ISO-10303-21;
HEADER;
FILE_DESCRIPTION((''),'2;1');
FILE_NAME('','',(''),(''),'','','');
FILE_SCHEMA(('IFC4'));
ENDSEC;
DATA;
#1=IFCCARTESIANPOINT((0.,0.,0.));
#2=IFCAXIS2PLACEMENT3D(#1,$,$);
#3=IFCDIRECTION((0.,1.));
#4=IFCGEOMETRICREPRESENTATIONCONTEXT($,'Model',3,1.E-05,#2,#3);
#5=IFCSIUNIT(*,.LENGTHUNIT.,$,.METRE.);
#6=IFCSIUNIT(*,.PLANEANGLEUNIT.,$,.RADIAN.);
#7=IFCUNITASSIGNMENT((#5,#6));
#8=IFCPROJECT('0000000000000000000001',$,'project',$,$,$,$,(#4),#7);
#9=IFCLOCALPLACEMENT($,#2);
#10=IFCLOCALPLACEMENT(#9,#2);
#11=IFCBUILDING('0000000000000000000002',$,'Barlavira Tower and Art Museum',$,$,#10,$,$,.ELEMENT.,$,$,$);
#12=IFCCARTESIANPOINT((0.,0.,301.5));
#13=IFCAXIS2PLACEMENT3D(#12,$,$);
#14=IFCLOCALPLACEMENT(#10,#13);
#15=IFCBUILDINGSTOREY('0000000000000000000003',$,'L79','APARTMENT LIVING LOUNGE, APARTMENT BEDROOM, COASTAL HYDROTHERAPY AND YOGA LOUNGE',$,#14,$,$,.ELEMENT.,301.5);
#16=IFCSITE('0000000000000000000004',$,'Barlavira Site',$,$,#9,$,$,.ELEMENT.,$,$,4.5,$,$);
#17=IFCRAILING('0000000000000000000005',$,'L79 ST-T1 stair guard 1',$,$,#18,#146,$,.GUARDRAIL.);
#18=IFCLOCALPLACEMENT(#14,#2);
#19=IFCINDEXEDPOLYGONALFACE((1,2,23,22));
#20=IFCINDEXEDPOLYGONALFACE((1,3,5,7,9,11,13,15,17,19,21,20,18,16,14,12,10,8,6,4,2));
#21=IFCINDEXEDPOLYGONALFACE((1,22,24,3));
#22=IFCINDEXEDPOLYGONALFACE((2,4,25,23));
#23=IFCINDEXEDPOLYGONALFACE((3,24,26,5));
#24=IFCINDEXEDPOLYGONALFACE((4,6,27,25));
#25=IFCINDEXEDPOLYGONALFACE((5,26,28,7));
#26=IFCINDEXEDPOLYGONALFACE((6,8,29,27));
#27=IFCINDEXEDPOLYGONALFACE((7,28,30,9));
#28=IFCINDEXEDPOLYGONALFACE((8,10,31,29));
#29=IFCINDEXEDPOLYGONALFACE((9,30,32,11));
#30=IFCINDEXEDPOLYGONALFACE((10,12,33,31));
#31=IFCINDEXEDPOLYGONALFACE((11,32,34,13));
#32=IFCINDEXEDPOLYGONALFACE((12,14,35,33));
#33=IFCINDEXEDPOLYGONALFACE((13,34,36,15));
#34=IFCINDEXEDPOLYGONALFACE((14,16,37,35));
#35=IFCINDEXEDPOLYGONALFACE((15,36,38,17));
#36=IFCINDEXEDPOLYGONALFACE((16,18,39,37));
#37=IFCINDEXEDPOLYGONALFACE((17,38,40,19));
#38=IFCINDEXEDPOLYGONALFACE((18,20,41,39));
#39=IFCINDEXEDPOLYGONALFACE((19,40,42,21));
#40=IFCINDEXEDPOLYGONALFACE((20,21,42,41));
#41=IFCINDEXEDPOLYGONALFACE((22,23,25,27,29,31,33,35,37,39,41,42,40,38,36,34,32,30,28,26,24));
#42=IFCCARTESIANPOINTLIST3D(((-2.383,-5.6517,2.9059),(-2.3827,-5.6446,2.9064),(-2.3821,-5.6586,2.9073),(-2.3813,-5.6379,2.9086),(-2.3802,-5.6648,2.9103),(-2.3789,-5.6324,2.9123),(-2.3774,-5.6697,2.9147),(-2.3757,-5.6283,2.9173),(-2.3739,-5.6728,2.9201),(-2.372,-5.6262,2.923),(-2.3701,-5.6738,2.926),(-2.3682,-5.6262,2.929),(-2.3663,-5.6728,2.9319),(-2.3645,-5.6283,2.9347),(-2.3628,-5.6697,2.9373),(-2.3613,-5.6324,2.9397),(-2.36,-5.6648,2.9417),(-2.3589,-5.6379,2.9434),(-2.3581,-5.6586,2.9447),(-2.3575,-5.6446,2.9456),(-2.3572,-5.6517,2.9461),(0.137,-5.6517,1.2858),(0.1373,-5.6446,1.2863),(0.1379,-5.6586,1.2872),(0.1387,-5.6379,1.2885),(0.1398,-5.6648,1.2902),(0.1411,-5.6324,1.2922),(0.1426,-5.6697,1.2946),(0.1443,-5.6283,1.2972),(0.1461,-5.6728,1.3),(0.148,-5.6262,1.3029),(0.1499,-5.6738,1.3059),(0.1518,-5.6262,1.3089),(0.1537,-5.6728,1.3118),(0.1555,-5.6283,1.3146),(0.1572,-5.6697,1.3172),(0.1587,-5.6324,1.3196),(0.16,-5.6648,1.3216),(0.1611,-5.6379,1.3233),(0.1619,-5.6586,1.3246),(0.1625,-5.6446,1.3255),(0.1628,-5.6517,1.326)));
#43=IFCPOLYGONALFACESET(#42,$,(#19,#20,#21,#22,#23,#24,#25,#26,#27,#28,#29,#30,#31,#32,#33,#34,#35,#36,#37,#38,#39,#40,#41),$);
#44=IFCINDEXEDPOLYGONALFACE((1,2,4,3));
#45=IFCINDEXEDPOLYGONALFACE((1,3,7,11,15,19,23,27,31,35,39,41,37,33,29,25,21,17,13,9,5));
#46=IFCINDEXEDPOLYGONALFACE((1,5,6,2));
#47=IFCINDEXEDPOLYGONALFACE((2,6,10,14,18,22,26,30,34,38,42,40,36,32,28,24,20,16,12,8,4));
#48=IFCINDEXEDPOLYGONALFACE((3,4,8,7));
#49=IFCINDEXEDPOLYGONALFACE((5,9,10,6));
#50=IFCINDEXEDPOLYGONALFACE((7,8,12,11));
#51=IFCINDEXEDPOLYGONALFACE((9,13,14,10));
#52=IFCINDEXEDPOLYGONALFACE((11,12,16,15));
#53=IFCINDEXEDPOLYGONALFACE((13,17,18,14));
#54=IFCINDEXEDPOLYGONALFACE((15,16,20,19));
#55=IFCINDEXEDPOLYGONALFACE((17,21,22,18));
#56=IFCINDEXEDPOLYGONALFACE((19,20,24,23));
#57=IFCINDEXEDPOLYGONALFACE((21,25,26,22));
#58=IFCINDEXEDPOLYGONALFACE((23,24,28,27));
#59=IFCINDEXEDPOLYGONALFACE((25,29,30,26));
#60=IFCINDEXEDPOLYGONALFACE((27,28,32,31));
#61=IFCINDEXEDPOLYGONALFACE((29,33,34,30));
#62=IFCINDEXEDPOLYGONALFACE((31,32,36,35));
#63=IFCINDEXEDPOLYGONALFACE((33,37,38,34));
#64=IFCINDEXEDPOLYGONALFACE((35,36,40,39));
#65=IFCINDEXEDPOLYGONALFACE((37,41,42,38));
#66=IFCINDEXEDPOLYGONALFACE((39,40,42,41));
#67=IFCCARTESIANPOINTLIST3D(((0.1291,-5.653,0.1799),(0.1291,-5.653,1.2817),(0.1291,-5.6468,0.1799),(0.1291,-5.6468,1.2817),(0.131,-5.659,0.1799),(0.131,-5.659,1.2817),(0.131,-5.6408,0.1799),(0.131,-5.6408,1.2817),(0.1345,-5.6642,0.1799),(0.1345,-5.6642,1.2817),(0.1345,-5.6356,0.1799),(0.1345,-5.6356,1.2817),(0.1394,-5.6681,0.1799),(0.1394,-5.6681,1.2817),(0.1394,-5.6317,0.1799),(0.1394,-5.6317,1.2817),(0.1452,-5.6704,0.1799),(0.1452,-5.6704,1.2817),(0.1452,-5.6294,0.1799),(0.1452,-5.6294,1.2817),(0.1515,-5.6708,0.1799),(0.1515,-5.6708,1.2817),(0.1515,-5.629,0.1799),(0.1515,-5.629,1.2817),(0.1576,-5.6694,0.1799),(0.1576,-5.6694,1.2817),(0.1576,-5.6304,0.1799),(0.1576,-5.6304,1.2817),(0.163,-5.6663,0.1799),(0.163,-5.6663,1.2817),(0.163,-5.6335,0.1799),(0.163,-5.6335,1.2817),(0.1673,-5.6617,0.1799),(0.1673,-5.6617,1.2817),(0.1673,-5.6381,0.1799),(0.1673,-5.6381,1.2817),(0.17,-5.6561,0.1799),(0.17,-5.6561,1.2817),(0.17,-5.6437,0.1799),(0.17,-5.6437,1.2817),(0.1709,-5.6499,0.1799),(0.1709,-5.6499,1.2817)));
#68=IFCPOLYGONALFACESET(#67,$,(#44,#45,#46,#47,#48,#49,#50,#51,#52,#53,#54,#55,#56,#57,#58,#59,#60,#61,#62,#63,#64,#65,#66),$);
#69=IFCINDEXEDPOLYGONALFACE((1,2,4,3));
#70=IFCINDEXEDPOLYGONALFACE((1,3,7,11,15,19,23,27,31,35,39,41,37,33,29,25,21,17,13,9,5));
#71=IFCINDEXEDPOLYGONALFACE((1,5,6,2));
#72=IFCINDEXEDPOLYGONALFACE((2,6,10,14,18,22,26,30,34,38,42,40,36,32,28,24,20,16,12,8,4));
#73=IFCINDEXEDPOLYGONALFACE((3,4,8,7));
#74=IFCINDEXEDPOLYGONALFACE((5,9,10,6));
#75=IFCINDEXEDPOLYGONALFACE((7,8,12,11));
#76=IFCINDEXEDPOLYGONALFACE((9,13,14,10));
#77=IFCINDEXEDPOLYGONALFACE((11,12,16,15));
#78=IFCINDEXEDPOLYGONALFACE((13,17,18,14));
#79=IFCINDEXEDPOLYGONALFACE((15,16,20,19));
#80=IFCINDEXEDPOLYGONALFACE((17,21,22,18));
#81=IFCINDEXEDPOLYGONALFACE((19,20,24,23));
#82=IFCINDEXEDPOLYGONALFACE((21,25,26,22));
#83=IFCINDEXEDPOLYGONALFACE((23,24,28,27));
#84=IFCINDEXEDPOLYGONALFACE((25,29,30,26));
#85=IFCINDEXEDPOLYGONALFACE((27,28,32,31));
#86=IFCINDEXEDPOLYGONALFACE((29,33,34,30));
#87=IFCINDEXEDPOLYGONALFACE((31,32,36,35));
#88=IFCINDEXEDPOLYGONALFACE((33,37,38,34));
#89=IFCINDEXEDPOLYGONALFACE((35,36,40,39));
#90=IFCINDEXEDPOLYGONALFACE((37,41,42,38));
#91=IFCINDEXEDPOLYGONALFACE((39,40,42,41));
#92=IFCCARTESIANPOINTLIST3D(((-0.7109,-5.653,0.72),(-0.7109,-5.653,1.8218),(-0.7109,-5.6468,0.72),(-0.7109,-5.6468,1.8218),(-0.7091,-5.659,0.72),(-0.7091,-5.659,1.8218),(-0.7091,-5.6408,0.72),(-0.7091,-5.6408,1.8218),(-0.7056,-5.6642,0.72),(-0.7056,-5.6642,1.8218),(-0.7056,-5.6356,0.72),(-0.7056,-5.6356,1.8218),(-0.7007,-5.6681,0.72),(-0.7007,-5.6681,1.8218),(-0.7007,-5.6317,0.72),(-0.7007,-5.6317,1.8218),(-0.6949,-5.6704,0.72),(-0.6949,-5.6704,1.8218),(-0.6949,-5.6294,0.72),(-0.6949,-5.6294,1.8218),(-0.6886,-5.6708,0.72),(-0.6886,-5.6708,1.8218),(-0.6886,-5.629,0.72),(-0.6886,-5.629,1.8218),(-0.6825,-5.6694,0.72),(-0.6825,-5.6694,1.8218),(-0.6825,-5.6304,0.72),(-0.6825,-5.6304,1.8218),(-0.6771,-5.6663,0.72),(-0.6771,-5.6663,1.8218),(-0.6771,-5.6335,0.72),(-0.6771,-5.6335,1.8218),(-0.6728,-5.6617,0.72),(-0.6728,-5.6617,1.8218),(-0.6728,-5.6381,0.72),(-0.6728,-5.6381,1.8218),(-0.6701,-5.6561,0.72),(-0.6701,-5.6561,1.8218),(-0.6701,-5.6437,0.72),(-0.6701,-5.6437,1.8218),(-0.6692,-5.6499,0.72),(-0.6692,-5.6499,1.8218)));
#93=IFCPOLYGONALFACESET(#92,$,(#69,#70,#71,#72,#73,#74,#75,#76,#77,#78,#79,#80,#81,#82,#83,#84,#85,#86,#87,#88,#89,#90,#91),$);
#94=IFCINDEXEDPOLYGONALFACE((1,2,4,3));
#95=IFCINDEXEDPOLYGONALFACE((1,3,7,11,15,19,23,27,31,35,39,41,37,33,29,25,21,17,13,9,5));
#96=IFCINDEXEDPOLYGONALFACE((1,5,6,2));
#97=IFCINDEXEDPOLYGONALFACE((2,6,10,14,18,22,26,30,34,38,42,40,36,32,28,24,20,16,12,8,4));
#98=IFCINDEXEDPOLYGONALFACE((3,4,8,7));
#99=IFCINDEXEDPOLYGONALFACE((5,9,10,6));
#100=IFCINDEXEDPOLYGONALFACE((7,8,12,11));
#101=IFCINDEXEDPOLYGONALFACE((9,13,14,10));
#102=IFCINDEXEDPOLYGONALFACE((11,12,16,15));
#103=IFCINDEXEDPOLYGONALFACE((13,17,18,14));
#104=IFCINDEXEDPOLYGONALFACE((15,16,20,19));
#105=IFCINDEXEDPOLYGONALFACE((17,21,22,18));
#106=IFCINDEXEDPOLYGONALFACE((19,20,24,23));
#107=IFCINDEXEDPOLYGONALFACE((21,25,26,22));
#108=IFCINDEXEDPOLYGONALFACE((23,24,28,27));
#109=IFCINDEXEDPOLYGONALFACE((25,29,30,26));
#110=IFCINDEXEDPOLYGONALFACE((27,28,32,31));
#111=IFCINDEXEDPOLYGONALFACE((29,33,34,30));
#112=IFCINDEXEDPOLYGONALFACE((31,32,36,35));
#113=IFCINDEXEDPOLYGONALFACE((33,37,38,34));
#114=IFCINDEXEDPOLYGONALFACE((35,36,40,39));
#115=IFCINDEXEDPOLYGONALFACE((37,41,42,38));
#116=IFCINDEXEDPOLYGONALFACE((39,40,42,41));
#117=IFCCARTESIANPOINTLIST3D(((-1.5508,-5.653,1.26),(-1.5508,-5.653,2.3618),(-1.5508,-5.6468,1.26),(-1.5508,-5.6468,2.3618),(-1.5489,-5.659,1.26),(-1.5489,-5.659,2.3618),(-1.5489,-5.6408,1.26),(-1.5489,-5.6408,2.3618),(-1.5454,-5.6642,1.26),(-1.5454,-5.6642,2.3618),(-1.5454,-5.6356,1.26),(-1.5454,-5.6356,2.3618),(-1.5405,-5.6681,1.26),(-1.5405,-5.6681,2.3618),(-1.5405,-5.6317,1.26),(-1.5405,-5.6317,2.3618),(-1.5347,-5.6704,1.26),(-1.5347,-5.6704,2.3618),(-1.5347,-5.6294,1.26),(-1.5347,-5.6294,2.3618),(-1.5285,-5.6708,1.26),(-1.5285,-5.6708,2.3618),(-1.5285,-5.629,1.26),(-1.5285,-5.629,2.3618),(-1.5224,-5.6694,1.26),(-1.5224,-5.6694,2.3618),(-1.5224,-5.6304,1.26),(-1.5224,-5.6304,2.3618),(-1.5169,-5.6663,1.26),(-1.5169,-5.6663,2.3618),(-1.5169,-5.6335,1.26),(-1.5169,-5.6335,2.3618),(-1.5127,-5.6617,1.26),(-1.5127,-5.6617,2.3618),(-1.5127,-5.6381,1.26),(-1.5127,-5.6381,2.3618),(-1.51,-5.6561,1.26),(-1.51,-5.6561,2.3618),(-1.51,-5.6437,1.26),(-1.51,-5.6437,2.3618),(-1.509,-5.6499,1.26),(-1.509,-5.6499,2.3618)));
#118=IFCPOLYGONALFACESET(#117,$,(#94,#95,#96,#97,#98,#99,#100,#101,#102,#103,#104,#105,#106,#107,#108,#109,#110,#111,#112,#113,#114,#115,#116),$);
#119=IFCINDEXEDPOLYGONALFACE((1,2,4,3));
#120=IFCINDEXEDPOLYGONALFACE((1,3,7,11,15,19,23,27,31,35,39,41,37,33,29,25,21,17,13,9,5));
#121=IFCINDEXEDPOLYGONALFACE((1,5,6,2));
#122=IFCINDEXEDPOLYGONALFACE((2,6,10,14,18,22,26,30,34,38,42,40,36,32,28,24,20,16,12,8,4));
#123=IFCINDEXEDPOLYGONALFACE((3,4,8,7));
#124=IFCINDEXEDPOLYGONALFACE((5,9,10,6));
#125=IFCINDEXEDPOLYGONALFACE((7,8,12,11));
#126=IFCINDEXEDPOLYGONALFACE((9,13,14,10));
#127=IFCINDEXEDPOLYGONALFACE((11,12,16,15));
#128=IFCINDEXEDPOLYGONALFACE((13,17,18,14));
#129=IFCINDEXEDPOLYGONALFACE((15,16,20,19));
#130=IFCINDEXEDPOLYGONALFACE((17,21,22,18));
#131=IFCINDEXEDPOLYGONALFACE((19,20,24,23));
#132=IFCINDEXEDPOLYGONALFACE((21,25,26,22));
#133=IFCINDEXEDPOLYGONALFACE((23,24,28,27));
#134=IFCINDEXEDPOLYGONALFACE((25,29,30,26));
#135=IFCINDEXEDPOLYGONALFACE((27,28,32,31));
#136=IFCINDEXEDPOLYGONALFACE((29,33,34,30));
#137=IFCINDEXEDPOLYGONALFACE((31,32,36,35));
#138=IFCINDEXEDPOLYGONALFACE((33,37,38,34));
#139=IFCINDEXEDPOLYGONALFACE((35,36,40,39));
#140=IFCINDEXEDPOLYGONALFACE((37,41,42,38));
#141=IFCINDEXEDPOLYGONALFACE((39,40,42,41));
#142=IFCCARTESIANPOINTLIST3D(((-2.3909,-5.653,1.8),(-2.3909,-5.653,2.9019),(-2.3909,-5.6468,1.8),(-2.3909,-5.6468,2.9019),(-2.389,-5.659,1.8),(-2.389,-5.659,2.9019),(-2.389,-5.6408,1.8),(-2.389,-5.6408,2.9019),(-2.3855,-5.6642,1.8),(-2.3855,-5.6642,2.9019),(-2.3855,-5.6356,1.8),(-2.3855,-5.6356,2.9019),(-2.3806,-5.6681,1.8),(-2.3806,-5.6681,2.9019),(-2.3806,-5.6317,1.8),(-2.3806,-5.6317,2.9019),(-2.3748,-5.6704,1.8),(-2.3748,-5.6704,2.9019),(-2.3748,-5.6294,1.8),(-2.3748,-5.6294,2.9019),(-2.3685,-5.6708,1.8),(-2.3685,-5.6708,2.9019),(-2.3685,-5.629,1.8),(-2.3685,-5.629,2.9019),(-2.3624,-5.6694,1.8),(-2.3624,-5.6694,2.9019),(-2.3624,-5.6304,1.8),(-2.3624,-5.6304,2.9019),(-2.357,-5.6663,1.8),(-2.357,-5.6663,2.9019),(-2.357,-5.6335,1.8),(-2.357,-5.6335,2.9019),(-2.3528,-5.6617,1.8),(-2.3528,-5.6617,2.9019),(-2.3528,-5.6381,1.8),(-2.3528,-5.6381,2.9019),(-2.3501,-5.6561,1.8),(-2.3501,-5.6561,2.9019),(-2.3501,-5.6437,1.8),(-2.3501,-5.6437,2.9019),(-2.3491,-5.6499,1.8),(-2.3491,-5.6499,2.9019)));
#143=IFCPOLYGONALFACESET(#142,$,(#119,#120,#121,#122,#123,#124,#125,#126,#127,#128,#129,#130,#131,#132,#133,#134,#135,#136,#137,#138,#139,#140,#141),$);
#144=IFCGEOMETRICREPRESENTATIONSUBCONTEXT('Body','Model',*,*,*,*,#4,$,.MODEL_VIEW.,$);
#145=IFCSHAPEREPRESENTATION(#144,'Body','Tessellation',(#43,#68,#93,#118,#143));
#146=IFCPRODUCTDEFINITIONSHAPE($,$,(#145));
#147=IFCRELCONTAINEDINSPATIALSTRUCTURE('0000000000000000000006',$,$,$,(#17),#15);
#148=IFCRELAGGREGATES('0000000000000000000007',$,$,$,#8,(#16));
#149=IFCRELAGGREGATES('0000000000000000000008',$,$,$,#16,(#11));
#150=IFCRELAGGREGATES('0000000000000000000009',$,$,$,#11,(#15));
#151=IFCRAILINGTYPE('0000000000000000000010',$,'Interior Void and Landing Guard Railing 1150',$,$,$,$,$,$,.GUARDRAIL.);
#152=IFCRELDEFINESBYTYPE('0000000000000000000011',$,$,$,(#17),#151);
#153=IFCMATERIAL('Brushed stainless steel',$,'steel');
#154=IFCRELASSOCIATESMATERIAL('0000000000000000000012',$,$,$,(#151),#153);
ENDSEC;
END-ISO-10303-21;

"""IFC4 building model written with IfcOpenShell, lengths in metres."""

from ifc_helpers import new_model, si_unit, direction, frame, origin, origin_2d, place, context, subcontext, project, spatial, circle, extrude, material, type_object, element, save


model = new_model("IFC4")

# Units and contexts
model_context = context("Model", 3, precision=1e-05, world=origin(), true_north=direction((0.0, 1.0)))
body_context = subcontext(model_context, "Body", "Model", "MODEL_VIEW")
ifc_project = project(units=[si_unit("LENGTHUNIT", "METRE"), si_unit("PLANEANGLEUNIT", "RADIAN")], contexts=[model_context])

# Site, building, storey
site_placement = place(None, origin())
site = spatial("IfcSite", under=ifc_project, at=site_placement, Name="Barlavira Site", CompositionType="ELEMENT", RefElevation=4.5)
building_placement = place(site_placement, origin())
building = spatial("IfcBuilding", under=site, at=building_placement, Name="Barlavira Tower and Art Museum", CompositionType="ELEMENT")
storey_placement = place(building_placement, frame((0.0, 0.0, 301.5)))
storey = spatial("IfcBuildingStorey", under=building, at=storey_placement, Name="L79", Description="APARTMENT LIVING LOUNGE, APARTMENT BEDROOM, COASTAL HYDROTHERAPY AND YOGA LOUNGE", CompositionType="ELEMENT", Elevation=301.5)

# Shared definitions
ifc_material_1 = material(Name="Brushed stainless steel", Category="steel")

# Railing
railing_type_1 = type_object("IfcRailingType", Name="Interior Void and Landing Guard Railing 1150", PredefinedType="GUARDRAIL", material=ifc_material_1)
railing_1_placement = place(storey_placement, frame((0.1499, -5.6499, 0.1799)))
element("IfcRailing", 1, at=railing_1_placement, inside=storey, type_object=railing_type_1, Name="L79 ST-T1 stair guard 1", PredefinedType="GUARDRAIL", context=body_context, shape_type="SweptSolid", body=[
    extrude(circle(Radius=0.0239, at=origin_2d()), frame((0.0, 0.0, 1.126), z_axis=(-0.841163, 0.0, 0.540782), x_axis=(0.0, -1.0, 0.0)), (0.0, 0.0, 1.0), 2.9958),
    extrude(circle(Radius=0.021, at=origin_2d()), origin(), (0.0, 0.0, 1.0), 1.1018),
    extrude(circle(Radius=0.021, at=origin_2d()), frame((-0.8401, 0.0, 0.54)), (0.0, 0.0, 1.0), 1.1018),
    extrude(circle(Radius=0.021, at=origin_2d()), frame((-1.6799, 0.0, 1.0801)), (0.0, 0.0, 1.0), 1.1018),
    extrude(circle(Radius=0.021, at=origin_2d()), frame((-2.52, 0.0, 1.6201)), (0.0, 0.0, 1.0), 1.1018),
])

save(model, "model.ifc")
